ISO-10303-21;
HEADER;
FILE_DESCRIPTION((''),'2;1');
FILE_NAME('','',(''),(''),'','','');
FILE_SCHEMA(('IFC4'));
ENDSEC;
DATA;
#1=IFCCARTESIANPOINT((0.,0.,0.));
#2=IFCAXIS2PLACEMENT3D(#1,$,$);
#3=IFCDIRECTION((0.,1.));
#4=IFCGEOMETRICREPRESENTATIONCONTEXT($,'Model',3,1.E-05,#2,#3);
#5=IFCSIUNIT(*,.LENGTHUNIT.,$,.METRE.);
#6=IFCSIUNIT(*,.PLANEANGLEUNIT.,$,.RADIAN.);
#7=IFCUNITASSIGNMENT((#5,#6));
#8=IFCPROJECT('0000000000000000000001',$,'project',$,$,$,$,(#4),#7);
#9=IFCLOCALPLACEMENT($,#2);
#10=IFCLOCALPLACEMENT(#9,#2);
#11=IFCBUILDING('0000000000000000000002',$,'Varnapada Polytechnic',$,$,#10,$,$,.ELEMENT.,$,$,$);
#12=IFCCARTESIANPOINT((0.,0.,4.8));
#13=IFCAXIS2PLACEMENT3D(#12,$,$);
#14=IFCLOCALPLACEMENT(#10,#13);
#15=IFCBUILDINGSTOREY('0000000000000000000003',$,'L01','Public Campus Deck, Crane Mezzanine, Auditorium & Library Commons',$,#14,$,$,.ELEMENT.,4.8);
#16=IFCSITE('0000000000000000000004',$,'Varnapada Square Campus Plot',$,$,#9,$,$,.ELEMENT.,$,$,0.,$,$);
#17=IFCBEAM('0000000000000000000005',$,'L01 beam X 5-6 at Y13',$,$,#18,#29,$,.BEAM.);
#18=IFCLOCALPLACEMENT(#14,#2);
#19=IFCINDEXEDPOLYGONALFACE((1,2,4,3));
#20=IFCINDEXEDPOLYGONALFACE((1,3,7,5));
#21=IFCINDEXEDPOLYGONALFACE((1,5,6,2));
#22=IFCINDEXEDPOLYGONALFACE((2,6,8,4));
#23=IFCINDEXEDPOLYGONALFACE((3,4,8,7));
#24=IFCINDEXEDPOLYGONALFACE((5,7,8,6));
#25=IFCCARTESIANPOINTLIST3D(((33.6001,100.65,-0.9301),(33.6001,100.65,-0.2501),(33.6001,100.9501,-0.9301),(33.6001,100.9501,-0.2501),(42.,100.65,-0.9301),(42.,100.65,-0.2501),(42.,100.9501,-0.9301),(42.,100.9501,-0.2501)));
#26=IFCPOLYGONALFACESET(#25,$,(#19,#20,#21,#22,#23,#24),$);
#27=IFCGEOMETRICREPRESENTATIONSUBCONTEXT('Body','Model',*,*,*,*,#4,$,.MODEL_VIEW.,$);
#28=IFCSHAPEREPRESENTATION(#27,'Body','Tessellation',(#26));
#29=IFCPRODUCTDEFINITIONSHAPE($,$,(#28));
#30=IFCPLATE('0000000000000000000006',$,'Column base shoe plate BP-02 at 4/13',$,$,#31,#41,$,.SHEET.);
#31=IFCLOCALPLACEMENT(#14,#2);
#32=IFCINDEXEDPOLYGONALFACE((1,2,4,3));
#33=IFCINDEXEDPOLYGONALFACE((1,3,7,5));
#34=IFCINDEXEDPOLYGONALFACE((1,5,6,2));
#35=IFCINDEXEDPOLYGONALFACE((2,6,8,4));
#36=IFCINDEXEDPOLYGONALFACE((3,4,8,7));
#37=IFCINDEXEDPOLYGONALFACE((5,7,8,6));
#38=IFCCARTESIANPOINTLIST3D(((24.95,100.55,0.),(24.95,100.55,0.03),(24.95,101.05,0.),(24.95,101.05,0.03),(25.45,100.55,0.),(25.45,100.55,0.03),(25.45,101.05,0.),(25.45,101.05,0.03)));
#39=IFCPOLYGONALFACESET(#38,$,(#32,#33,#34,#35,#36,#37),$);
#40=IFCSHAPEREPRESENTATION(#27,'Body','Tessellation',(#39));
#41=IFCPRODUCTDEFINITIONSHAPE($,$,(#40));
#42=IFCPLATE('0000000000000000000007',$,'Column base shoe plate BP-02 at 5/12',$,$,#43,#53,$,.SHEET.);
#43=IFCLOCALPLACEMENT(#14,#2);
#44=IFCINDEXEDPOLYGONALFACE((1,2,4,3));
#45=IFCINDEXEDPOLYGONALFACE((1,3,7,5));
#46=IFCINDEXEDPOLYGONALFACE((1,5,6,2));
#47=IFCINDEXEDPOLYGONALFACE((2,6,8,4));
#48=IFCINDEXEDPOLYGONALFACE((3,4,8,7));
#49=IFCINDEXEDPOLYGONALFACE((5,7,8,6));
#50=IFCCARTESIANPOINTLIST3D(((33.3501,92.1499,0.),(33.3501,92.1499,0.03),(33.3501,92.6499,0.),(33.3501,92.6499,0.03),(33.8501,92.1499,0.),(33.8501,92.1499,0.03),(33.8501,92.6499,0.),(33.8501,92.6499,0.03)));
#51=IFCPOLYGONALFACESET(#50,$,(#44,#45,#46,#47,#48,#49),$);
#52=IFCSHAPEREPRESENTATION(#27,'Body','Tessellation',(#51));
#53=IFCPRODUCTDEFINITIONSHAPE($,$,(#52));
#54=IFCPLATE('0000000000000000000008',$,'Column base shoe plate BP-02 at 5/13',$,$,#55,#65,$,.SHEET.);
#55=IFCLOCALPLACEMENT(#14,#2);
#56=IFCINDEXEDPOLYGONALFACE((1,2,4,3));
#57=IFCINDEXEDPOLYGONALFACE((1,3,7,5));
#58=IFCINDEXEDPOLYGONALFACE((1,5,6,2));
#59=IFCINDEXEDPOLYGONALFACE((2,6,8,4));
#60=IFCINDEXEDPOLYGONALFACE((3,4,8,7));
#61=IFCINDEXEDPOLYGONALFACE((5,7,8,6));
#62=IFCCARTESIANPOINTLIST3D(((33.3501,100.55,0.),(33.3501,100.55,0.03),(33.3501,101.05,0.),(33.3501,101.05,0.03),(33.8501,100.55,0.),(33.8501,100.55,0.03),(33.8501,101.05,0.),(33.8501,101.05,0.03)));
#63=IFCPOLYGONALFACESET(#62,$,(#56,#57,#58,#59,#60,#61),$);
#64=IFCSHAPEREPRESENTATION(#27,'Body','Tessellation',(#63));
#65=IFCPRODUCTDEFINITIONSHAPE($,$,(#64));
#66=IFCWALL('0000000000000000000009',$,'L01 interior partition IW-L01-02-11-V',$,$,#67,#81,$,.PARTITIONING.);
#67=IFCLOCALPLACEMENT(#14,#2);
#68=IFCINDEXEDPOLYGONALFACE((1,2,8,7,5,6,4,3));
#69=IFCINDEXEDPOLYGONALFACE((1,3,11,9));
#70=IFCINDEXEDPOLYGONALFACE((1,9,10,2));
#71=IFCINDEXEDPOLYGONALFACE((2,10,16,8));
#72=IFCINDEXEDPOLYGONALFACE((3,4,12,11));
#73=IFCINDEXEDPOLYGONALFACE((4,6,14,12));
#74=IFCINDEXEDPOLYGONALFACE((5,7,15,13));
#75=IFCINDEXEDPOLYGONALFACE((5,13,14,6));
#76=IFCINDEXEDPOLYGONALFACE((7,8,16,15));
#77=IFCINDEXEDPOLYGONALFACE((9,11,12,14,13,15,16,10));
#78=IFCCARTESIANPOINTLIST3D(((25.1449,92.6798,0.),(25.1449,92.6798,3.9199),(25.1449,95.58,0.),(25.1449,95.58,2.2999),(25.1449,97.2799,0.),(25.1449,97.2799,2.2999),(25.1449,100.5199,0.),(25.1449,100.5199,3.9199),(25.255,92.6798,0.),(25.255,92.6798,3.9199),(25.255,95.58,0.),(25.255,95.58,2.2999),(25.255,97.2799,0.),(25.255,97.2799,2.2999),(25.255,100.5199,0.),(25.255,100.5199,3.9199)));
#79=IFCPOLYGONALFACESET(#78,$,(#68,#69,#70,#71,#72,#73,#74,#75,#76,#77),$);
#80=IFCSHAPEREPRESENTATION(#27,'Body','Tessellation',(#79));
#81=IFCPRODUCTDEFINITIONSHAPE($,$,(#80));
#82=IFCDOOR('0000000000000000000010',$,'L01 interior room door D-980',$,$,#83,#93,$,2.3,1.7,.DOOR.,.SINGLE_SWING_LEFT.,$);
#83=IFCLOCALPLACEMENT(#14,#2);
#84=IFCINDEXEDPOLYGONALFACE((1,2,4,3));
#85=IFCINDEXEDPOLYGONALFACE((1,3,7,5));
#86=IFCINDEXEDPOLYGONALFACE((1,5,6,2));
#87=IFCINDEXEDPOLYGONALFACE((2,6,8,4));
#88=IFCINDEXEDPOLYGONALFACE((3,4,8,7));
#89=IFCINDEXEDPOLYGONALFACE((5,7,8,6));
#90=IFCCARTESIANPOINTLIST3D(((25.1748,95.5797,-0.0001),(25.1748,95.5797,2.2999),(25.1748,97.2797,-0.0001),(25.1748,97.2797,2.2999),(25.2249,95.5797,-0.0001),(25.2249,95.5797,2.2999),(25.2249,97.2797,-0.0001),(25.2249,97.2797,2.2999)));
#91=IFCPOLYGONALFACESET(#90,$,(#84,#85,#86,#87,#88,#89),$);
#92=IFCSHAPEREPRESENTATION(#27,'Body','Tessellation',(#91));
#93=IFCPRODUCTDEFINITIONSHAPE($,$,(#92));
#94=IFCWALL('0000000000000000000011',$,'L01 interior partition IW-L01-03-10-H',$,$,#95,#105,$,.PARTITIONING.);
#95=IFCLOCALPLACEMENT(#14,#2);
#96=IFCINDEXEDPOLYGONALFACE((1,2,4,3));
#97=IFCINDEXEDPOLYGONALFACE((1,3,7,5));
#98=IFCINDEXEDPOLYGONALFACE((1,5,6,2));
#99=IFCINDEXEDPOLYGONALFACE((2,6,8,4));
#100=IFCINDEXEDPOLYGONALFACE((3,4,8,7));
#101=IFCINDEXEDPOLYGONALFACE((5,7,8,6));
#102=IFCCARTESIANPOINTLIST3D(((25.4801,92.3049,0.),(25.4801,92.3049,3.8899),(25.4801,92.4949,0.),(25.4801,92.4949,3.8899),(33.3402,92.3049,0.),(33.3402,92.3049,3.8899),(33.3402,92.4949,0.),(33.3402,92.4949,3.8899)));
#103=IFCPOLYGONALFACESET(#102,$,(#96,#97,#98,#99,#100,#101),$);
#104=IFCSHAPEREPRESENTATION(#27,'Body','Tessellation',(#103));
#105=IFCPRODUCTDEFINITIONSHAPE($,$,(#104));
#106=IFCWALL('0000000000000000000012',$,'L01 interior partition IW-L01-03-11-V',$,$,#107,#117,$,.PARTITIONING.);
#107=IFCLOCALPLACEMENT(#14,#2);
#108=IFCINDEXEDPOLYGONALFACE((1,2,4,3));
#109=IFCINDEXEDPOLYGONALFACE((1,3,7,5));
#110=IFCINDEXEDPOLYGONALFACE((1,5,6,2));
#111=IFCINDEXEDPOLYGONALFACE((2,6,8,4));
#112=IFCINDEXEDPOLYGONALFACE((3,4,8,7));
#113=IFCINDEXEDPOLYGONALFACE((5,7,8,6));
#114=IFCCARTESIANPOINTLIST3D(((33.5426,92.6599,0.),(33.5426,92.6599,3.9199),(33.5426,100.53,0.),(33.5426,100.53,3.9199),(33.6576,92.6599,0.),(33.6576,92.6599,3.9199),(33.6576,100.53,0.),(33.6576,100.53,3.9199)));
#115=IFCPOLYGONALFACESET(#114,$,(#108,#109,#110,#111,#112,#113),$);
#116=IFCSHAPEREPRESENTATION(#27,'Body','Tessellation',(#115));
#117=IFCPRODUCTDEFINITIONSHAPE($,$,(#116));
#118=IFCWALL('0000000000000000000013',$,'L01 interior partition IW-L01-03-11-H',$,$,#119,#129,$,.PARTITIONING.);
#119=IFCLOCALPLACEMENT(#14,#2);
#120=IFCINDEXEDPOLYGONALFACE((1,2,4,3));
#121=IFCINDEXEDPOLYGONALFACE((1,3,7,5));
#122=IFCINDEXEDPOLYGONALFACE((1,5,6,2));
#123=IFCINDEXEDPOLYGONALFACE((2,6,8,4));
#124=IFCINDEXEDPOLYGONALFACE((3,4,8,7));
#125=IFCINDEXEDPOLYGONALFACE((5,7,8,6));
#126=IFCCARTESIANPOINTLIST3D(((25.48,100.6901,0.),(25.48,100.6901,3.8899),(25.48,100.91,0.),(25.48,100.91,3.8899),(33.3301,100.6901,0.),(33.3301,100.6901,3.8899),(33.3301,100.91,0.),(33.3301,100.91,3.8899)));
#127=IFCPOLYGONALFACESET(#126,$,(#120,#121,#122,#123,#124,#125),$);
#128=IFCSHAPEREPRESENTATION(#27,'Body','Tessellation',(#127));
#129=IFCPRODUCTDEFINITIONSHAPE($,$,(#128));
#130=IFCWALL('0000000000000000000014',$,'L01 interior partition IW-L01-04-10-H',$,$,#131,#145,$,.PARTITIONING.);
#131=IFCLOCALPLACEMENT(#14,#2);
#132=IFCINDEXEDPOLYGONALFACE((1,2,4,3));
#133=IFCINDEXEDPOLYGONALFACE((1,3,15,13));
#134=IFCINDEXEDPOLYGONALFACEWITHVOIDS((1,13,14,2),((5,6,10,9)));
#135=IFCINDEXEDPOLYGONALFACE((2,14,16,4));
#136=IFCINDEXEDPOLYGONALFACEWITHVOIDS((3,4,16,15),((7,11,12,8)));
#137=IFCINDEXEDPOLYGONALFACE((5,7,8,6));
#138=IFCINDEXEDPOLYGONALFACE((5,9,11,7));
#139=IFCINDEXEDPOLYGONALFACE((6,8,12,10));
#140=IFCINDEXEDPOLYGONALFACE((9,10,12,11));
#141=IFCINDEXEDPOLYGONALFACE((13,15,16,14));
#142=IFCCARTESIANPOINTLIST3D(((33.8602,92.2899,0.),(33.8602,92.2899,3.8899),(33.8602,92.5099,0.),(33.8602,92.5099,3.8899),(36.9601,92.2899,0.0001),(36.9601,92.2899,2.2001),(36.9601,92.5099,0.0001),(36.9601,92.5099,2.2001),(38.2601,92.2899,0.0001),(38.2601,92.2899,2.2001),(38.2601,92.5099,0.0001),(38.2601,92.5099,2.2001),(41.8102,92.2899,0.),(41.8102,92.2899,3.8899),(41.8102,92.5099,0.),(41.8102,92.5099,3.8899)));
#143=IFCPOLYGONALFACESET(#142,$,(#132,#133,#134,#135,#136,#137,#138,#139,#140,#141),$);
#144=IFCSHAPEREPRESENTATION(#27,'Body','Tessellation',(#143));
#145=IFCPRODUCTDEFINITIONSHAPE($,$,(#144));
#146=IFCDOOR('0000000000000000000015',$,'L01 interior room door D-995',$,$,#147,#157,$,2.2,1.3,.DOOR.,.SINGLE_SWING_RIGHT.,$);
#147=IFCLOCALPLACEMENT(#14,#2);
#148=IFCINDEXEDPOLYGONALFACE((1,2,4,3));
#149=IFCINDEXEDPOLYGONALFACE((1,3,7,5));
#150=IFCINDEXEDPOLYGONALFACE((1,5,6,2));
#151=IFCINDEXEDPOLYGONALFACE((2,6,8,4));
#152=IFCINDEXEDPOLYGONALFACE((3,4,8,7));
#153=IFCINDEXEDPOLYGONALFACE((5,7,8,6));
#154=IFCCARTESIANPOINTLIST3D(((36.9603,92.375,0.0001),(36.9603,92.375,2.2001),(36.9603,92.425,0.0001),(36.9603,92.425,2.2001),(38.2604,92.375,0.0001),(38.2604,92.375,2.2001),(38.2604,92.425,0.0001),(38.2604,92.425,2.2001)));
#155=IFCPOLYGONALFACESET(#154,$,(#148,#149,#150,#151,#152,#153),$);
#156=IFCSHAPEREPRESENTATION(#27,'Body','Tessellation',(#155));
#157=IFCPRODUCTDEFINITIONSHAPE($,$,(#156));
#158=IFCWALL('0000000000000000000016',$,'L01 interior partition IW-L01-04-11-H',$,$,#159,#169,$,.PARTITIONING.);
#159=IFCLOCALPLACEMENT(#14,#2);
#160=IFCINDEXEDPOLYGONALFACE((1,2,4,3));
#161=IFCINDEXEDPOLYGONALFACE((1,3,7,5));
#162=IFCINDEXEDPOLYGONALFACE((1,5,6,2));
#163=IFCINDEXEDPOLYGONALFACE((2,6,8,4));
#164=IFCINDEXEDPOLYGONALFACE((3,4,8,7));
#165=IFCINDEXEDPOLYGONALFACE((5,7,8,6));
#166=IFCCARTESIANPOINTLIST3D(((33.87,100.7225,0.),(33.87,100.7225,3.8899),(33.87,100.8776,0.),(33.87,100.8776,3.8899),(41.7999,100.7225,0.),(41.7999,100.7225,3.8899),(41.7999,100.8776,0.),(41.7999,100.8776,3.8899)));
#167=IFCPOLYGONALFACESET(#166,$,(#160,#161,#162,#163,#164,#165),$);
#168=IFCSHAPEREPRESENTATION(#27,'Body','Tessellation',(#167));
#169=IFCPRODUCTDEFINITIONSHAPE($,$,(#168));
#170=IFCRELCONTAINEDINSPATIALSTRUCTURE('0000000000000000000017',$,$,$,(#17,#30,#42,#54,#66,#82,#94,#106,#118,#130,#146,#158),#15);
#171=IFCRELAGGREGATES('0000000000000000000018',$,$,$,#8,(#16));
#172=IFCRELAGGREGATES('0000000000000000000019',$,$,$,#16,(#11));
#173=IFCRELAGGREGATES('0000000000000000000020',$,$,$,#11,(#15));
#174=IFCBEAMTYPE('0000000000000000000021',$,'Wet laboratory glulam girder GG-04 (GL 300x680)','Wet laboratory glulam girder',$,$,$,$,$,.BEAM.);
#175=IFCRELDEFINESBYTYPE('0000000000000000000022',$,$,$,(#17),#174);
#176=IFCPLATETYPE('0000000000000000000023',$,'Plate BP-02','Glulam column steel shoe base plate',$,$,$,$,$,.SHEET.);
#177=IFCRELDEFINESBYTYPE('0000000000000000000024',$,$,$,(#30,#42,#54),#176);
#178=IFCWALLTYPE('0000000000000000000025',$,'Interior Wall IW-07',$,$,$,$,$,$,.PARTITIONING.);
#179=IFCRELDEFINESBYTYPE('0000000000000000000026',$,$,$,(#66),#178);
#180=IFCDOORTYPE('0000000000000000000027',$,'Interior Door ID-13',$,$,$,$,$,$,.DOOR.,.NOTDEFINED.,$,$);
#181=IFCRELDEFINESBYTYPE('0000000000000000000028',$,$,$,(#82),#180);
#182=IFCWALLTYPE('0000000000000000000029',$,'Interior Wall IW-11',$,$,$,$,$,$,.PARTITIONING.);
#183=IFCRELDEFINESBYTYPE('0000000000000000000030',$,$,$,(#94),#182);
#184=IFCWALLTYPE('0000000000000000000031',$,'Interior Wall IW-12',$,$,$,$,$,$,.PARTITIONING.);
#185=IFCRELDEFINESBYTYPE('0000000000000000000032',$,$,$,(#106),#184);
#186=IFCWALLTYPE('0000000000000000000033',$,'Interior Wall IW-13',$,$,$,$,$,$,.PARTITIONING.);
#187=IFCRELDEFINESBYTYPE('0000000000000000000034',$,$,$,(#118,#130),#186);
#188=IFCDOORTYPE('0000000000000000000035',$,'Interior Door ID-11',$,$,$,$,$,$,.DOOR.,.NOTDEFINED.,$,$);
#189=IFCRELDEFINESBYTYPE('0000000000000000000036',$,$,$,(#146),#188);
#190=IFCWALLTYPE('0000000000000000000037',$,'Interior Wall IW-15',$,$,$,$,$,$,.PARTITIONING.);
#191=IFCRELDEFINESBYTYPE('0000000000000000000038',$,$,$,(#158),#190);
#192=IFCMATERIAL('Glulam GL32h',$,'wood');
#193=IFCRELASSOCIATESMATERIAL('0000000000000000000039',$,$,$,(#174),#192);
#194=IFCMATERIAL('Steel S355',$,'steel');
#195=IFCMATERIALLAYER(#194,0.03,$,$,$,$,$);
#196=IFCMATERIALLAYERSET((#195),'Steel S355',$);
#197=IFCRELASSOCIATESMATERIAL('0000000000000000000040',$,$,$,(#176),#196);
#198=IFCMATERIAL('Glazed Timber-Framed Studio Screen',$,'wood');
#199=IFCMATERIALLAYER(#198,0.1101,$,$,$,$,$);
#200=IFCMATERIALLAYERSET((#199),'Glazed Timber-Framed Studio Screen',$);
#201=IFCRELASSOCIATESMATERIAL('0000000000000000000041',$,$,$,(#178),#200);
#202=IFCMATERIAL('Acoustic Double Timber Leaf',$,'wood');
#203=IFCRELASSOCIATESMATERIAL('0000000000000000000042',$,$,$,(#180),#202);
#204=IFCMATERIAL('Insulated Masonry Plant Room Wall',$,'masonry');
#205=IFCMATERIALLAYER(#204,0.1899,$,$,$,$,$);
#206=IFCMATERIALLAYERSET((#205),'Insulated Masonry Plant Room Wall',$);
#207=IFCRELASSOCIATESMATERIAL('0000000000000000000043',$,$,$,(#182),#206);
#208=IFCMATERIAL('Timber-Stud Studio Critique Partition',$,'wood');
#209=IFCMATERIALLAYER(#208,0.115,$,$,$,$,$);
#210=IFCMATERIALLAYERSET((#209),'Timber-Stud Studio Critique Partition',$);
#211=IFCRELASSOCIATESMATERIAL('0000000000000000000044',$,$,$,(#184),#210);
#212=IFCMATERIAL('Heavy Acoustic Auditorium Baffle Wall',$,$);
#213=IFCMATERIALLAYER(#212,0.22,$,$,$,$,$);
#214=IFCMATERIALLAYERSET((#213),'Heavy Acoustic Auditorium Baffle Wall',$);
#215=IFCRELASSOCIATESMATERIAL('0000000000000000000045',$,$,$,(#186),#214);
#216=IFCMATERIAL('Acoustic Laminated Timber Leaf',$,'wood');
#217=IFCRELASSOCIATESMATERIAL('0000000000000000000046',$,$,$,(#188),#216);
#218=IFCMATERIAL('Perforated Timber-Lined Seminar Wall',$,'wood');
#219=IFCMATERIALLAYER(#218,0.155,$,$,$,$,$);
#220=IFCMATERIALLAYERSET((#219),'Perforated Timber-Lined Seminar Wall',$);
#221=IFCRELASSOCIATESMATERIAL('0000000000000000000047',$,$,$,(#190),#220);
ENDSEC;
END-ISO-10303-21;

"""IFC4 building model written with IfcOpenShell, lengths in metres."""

from ifc_helpers import new_model, si_unit, direction, frame, frame_2d, origin, origin_2d, place, context, subcontext, project, spatial, rectangle, extrude, material, layer, layer_set, material_profile, profile_set, type_object, element, fill, save


model = new_model("IFC4")

# Units and contexts
model_context = context("Model", 3, precision=1e-05, world=origin(), true_north=direction((0.0, 1.0)))
body_context = subcontext(model_context, "Body", "Model", "MODEL_VIEW")
ifc_project = project(units=[si_unit("LENGTHUNIT", "METRE"), si_unit("PLANEANGLEUNIT", "RADIAN")], contexts=[model_context])

# Site, building, storey
site_placement = place(None, origin())
site = spatial("IfcSite", under=ifc_project, at=site_placement, Name="Varnapada Square Campus Plot", CompositionType="ELEMENT", RefElevation=0.0)
building_placement = place(site_placement, origin())
building = spatial("IfcBuilding", under=site, at=building_placement, Name="Varnapada Polytechnic", CompositionType="ELEMENT")
storey_placement = place(building_placement, frame((0.0, 0.0, 4.8)))
storey = spatial("IfcBuildingStorey", under=building, at=storey_placement, Name="L01", Description="Public Campus Deck, Crane Mezzanine, Auditorium & Library Commons", CompositionType="ELEMENT", Elevation=4.8)

# Shared definitions
ifc_material_1 = material(Name="Glulam GL32h", Category="wood")

# Beam
ifc_material_profile_1 = material_profile(ifc_material_1, rectangle(XDim=0.3, YDim=0.6799, at=origin_2d()), Name="GL 300x680")
ifc_profile_set_1 = profile_set([ifc_material_profile_1], Name="Glulam GL32h")
beam_type_1 = type_object("IfcBeamType", Name="Wet laboratory glulam girder GG-04 (GL 300x680)", Description="Wet laboratory glulam girder", PredefinedType="BEAM", material=ifc_profile_set_1)
for number, where, z_axis, x_axis, name in (
    (1, (33.6001, 100.8, -0.5901), (1.0, 0.0, 0.0), (0.0, 1.0, 0.0), "L01 beam X 5-6 at Y13"),
):
    element("IfcBeam", number, at=place(storey_placement, frame(where, z_axis=z_axis, x_axis=x_axis)), inside=storey, type_object=beam_type_1, Name=name, PredefinedType="BEAM", context=body_context, shape_type="SweptSolid", body=[
        extrude(rectangle(XDim=0.3, YDim=0.6799, at=origin_2d()), origin(), (0.0, 0.0, 1.0), 8.3999),
    ])

# Plates
ifc_material_2 = material(Name="Steel S355", Category="steel")
ifc_layer_1 = layer(ifc_material_2, 0.03)
ifc_layer_set_1 = layer_set([ifc_layer_1], Name="Steel S355")
plate_type = type_object("IfcPlateType", Name="Plate BP-02", Description="Glulam column steel shoe base plate", PredefinedType="SHEET", material=ifc_layer_set_1)
for number, where, z_axis, x_axis, name in (
    (2, (25.2, 100.8, 0.0), (0.0, 0.0, 1.0), (1.0, 0.0, 0.0), "Column base shoe plate BP-02 at 4/13"),
    (3, (33.6001, 92.3999, 0.0), (0.0, 0.0, 1.0), (1.0, 0.0, 0.0), "Column base shoe plate BP-02 at 5/12"),
    (4, (33.6001, 100.8, 0.0), (0.0, 0.0, 1.0), (1.0, 0.0, 0.0), "Column base shoe plate BP-02 at 5/13"),
):
    element("IfcPlate", number, at=place(storey_placement, frame(where, z_axis=z_axis, x_axis=x_axis)), inside=storey, type_object=plate_type, Name=name, PredefinedType="SHEET", context=body_context, shape_type="SweptSolid", body=[
        extrude(rectangle(XDim=0.5, YDim=0.5, at=origin_2d()), origin(), (0.0, 0.0, 1.0), 0.03),
    ])

# Wall, opening, door
ifc_material_3 = material(Name="Glazed Timber-Framed Studio Screen", Category="wood")
ifc_layer_2 = layer(ifc_material_3, 0.1101)
ifc_layer_set_2 = layer_set([ifc_layer_2], Name="Glazed Timber-Framed Studio Screen")
wall_type_1 = type_object("IfcWallType", Name="Interior Wall IW-07", PredefinedType="PARTITIONING", material=ifc_layer_set_2)
wall_1_placement = place(storey_placement, frame((25.2, 92.6799, 0.0), z_axis=(0.0, 0.0, 1.0), x_axis=(0.0, 1.0, 0.0)))
wall_1 = element("IfcWall", 5, at=wall_1_placement, inside=storey, type_object=wall_type_1, Name="L01 interior partition IW-L01-02-11-V", PredefinedType="PARTITIONING", context=body_context, shape_type="SweptSolid", body=[
    extrude(rectangle(XDim=7.8401, YDim=0.1101, at=frame_2d((3.9199, 0.0))), origin(), (0.0, 0.0, 1.0), 3.9199),
])
opening_1_placement = place(wall_1_placement, frame((2.8999, 0.0, 0.0)))
opening_1 = element("IfcOpeningElement", 6, at=opening_1_placement, cuts=wall_1, PredefinedType="OPENING", context=body_context, shape_type="SweptSolid", body=[
    extrude(rectangle(XDim=1.7, YDim=2.3, at=frame_2d((0.8501, 1.1499))), frame((0.0, 0.0649, 0.0), z_axis=(0.0, -1.0, 0.0), x_axis=(1.0, 0.0, 0.0)), (0.0, 0.0, 1.0), 0.1301),
])
ifc_material_4 = material(Name="Acoustic Double Timber Leaf", Category="wood")
door_type_1 = type_object("IfcDoorType", Name="Interior Door ID-13", OperationType="NOTDEFINED", PredefinedType="DOOR", material=ifc_material_4)
door_1_placement = place(opening_1_placement, frame((1.7, 0.0, 0.0), z_axis=(0.0, 0.0, 1.0), x_axis=(-1.0, 0.0, 0.0)))
door_1 = element("IfcDoor", 7, at=door_1_placement, inside=storey, type_object=door_type_1, Name="L01 interior room door D-980", OperationType="SINGLE_SWING_LEFT", OverallHeight=2.3, OverallWidth=1.7, PredefinedType="DOOR", context=body_context, shape_type="SweptSolid", body=[
    extrude(rectangle(XDim=1.7, YDim=2.3, at=frame_2d((0.8501, 1.1499))), frame((0.0, 0.0249, 0.0), z_axis=(0.0, -1.0, 0.0), x_axis=(1.0, 0.0, 0.0)), (0.0, 0.0, 1.0), 0.05),
])
fill(opening_1, door_1)

# Walls
ifc_material_5 = material(Name="Insulated Masonry Plant Room Wall", Category="masonry")
ifc_layer_3 = layer(ifc_material_5, 0.1899)
ifc_layer_set_3 = layer_set([ifc_layer_3], Name="Insulated Masonry Plant Room Wall")
wall_type_2 = type_object("IfcWallType", Name="Interior Wall IW-11", PredefinedType="PARTITIONING", material=ifc_layer_set_3)
wall_2_placement = place(storey_placement, frame((25.48, 92.3999, 0.0), z_axis=(0.0, 0.0, 1.0), x_axis=(1.0, 0.0, 0.0)))
element("IfcWall", 8, at=wall_2_placement, inside=storey, type_object=wall_type_2, Name="L01 interior partition IW-L01-03-10-H", PredefinedType="PARTITIONING", context=body_context, shape_type="SweptSolid", body=[
    extrude(rectangle(XDim=7.8601, YDim=0.1899, at=frame_2d((3.9302, 0.0))), origin(), (0.0, 0.0, 1.0), 3.8899),
])
ifc_material_6 = material(Name="Timber-Stud Studio Critique Partition", Category="wood")
ifc_layer_4 = layer(ifc_material_6, 0.115)
ifc_layer_set_4 = layer_set([ifc_layer_4], Name="Timber-Stud Studio Critique Partition")
wall_type_3 = type_object("IfcWallType", Name="Interior Wall IW-12", PredefinedType="PARTITIONING", material=ifc_layer_set_4)
wall_3_placement = place(storey_placement, frame((33.6001, 92.6599, 0.0), z_axis=(0.0, 0.0, 1.0), x_axis=(0.0, 1.0, 0.0)))
element("IfcWall", 9, at=wall_3_placement, inside=storey, type_object=wall_type_3, Name="L01 interior partition IW-L01-03-11-V", PredefinedType="PARTITIONING", context=body_context, shape_type="SweptSolid", body=[
    extrude(rectangle(XDim=7.8701, YDim=0.115, at=frame_2d((3.9351, 0.0))), origin(), (0.0, 0.0, 1.0), 3.9199),
])
ifc_material_7 = material(Name="Heavy Acoustic Auditorium Baffle Wall")
ifc_layer_5 = layer(ifc_material_7, 0.22)
ifc_layer_set_5 = layer_set([ifc_layer_5], Name="Heavy Acoustic Auditorium Baffle Wall")
wall_type_4 = type_object("IfcWallType", Name="Interior Wall IW-13", PredefinedType="PARTITIONING", material=ifc_layer_set_5)
wall_4_placement = place(storey_placement, frame((25.48, 100.8, 0.0), z_axis=(0.0, 0.0, 1.0), x_axis=(1.0, 0.0, 0.0)))
element("IfcWall", 10, at=wall_4_placement, inside=storey, type_object=wall_type_4, Name="L01 interior partition IW-L01-03-11-H", PredefinedType="PARTITIONING", context=body_context, shape_type="SweptSolid", body=[
    extrude(rectangle(XDim=7.8501, YDim=0.22, at=frame_2d((3.925, 0.0))), origin(), (0.0, 0.0, 1.0), 3.8899),
])

# Wall, opening, door
wall_5_placement = place(storey_placement, frame((33.8601, 92.3999, 0.0), z_axis=(0.0, 0.0, 1.0), x_axis=(1.0, 0.0, 0.0)))
wall_5 = element("IfcWall", 11, at=wall_5_placement, inside=storey, type_object=wall_type_4, Name="L01 interior partition IW-L01-04-10-H", PredefinedType="PARTITIONING", context=body_context, shape_type="SweptSolid", body=[
    extrude(rectangle(XDim=7.95, YDim=0.22, at=frame_2d((3.9751, 0.0))), origin(), (0.0, 0.0, 1.0), 3.8899),
])
opening_2_placement = place(wall_5_placement, frame((3.1001, 0.0, 0.0)))
opening_2 = element("IfcOpeningElement", 12, at=opening_2_placement, cuts=wall_5, PredefinedType="OPENING", context=body_context, shape_type="SweptSolid", body=[
    extrude(rectangle(XDim=1.3, YDim=2.2, at=frame_2d((0.6499, 1.1001))), frame((0.0, 0.1199, 0.0), z_axis=(0.0, -1.0, 0.0), x_axis=(1.0, 0.0, 0.0)), (0.0, 0.0, 1.0), 0.24),
])
ifc_material_8 = material(Name="Acoustic Laminated Timber Leaf", Category="wood")
door_type_2 = type_object("IfcDoorType", Name="Interior Door ID-11", OperationType="NOTDEFINED", PredefinedType="DOOR", material=ifc_material_8)
door_2_placement = place(opening_2_placement, frame((1.3, 0.0, 0.0), z_axis=(0.0, 0.0, 1.0), x_axis=(-1.0, 0.0, 0.0)))
door_2 = element("IfcDoor", 13, at=door_2_placement, inside=storey, type_object=door_type_2, Name="L01 interior room door D-995", OperationType="SINGLE_SWING_RIGHT", OverallHeight=2.2, OverallWidth=1.3, PredefinedType="DOOR", context=body_context, shape_type="SweptSolid", body=[
    extrude(rectangle(XDim=1.3, YDim=2.2, at=frame_2d((0.6499, 1.1001))), frame((0.0, 0.0249, 0.0), z_axis=(0.0, -1.0, 0.0), x_axis=(1.0, 0.0, 0.0)), (0.0, 0.0, 1.0), 0.05),
])
fill(opening_2, door_2)

# Wall
ifc_material_9 = material(Name="Perforated Timber-Lined Seminar Wall", Category="wood")
ifc_layer_6 = layer(ifc_material_9, 0.155)
ifc_layer_set_6 = layer_set([ifc_layer_6], Name="Perforated Timber-Lined Seminar Wall")
wall_type_5 = type_object("IfcWallType", Name="Interior Wall IW-15", PredefinedType="PARTITIONING", material=ifc_layer_set_6)
wall_6_placement = place(storey_placement, frame((33.8701, 100.8, 0.0), z_axis=(0.0, 0.0, 1.0), x_axis=(1.0, 0.0, 0.0)))
element("IfcWall", 14, at=wall_6_placement, inside=storey, type_object=wall_type_5, Name="L01 interior partition IW-L01-04-11-H", PredefinedType="PARTITIONING", context=body_context, shape_type="SweptSolid", body=[
    extrude(rectangle(XDim=7.9299, YDim=0.155, at=frame_2d((3.9648, 0.0))), origin(), (0.0, 0.0, 1.0), 3.8899),
])

save(model, "model.ifc")
